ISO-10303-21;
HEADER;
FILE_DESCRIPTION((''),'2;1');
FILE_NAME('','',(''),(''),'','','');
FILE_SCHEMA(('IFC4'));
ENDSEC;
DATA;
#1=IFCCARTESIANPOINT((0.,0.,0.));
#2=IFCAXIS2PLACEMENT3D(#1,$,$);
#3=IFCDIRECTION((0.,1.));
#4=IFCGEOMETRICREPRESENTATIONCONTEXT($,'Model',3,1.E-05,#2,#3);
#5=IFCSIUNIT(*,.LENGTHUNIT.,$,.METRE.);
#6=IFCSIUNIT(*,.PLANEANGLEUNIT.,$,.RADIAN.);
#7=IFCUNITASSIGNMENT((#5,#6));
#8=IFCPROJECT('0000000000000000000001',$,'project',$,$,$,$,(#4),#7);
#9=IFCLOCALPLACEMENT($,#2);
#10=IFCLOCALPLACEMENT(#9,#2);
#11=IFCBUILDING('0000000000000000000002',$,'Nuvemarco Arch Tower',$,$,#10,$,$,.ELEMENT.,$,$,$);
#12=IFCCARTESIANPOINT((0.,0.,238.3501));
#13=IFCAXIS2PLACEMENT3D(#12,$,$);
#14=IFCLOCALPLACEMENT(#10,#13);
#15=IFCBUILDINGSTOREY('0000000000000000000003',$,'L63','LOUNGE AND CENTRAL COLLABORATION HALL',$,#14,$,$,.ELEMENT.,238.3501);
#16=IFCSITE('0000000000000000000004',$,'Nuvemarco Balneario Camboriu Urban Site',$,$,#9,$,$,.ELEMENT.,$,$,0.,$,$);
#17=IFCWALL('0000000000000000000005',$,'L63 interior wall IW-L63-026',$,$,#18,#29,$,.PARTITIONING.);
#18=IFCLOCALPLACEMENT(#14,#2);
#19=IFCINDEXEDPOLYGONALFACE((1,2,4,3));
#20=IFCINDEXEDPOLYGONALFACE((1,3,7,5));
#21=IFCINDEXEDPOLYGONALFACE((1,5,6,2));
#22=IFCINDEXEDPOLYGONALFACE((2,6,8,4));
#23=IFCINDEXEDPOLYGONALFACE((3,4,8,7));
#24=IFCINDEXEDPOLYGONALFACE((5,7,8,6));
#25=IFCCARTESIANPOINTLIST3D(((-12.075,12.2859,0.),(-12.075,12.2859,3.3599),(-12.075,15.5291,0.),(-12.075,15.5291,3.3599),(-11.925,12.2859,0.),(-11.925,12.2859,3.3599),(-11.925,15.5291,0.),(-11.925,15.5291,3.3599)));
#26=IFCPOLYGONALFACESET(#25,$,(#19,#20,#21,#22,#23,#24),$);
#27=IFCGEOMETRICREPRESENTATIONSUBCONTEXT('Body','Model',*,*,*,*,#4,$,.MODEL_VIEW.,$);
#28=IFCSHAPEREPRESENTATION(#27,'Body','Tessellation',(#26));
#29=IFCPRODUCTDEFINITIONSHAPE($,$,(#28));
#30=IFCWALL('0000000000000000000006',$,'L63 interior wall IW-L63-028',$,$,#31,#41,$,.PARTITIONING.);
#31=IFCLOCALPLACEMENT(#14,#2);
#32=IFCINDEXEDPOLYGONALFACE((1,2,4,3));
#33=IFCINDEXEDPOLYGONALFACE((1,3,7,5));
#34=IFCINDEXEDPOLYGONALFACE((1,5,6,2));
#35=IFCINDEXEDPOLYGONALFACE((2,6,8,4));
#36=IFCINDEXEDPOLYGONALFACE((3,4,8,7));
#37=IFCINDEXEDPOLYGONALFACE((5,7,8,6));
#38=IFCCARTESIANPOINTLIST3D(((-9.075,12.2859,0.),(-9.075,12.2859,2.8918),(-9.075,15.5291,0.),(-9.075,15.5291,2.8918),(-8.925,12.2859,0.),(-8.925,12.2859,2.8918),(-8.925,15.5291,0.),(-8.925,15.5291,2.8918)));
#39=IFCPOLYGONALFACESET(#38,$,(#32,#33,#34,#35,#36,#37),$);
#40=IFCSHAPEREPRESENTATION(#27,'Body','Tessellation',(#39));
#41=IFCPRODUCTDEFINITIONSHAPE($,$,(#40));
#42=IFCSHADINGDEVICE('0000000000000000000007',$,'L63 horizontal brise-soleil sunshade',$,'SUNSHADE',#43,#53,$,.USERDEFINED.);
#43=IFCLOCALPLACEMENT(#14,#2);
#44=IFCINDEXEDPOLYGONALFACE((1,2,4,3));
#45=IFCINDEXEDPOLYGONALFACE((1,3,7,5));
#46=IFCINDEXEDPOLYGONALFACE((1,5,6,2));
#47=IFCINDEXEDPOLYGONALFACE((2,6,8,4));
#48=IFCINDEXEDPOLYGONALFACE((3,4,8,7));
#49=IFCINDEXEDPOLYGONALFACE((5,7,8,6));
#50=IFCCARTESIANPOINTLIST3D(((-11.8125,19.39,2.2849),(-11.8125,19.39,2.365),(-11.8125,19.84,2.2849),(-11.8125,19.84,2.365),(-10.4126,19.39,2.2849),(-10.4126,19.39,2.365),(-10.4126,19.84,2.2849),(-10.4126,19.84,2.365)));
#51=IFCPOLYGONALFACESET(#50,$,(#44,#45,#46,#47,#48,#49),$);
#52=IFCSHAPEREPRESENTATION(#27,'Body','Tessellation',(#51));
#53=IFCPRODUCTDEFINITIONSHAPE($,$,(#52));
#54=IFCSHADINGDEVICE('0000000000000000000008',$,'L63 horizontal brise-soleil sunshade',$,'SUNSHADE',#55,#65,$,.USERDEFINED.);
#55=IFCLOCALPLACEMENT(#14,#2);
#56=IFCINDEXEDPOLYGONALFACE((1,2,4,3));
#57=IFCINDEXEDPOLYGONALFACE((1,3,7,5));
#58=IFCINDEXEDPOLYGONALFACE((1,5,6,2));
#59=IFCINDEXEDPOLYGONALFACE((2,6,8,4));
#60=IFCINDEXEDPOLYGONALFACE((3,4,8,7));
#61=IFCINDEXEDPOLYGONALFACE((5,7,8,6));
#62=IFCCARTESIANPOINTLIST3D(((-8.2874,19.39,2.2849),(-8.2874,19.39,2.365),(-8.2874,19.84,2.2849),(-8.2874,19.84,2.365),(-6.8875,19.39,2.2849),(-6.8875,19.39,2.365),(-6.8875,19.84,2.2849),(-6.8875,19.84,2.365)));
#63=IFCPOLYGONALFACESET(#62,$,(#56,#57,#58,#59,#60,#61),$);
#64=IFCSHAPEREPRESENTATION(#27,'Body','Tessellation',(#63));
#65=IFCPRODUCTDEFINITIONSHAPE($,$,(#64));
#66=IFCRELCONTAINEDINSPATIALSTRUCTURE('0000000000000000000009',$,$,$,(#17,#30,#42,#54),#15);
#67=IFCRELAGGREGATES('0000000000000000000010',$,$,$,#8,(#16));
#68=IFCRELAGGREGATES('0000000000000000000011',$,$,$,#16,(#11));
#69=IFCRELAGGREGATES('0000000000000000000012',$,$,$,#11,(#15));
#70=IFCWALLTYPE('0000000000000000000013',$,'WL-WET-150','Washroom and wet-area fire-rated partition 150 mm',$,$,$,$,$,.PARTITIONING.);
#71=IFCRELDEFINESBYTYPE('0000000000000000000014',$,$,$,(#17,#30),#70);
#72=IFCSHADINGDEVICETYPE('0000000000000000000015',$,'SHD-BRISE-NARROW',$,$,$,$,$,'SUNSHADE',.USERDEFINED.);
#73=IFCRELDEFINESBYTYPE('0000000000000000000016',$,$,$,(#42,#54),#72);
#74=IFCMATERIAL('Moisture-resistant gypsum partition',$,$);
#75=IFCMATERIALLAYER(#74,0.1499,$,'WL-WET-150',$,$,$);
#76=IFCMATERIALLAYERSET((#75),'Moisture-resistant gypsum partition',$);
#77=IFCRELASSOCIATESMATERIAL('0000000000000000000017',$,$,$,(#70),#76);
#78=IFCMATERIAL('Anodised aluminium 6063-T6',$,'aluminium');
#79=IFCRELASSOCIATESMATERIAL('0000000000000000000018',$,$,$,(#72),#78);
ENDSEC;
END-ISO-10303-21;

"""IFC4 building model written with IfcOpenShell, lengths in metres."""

from ifc_helpers import new_model, si_unit, direction, frame, frame_2d, origin, origin_2d, place, context, subcontext, project, spatial, rectangle, extrude, source, transform, mapped, material, layer, layer_set, type_object, type_shapes, element, save


model = new_model("IFC4")

# Units and contexts
model_context = context("Model", 3, precision=1e-05, world=origin(), true_north=direction((0.0, 1.0)))
body_context = subcontext(model_context, "Body", "Model", "MODEL_VIEW")
ifc_project = project(units=[si_unit("LENGTHUNIT", "METRE"), si_unit("PLANEANGLEUNIT", "RADIAN")], contexts=[model_context])

# Site, building, storey
site_placement = place(None, origin())
site = spatial("IfcSite", under=ifc_project, at=site_placement, Name="Nuvemarco Balneario Camboriu Urban Site", CompositionType="ELEMENT", RefElevation=0.0)
building_placement = place(site_placement, origin())
building = spatial("IfcBuilding", under=site, at=building_placement, Name="Nuvemarco Arch Tower", CompositionType="ELEMENT")
storey_placement = place(building_placement, frame((0.0, 0.0, 238.3501)))
storey = spatial("IfcBuildingStorey", under=building, at=storey_placement, Name="L63", Description="LOUNGE AND CENTRAL COLLABORATION HALL", CompositionType="ELEMENT", Elevation=238.3501)

# Walls
ifc_material_1 = material(Name="Moisture-resistant gypsum partition")
ifc_layer_1 = layer(ifc_material_1, 0.1499, Name="WL-WET-150")
ifc_layer_set_1 = layer_set([ifc_layer_1], Name="Moisture-resistant gypsum partition")
wall_type_1 = type_object("IfcWallType", Name="WL-WET-150", Description="Washroom and wet-area fire-rated partition 150 mm", PredefinedType="PARTITIONING", material=ifc_layer_set_1)
wall_1_placement = place(storey_placement, frame((-12.0, 12.2859, 0.0), z_axis=(0.0, 0.0, 1.0), x_axis=(0.0, 1.0, 0.0)))
element("IfcWall", 1, at=wall_1_placement, inside=storey, type_object=wall_type_1, Name="L63 interior wall IW-L63-026", PredefinedType="PARTITIONING", context=body_context, shape_type="SweptSolid", body=[
    extrude(rectangle(XDim=3.2432, YDim=0.1499, at=frame_2d((1.6216, 0.0))), origin(), (0.0, 0.0, 1.0), 3.3599),
])
wall_2_placement = place(storey_placement, frame((-9.0, 12.2859, 0.0), z_axis=(0.0, 0.0, 1.0), x_axis=(0.0, 1.0, 0.0)))
element("IfcWall", 2, at=wall_2_placement, inside=storey, type_object=wall_type_1, Name="L63 interior wall IW-L63-028", PredefinedType="PARTITIONING", context=body_context, shape_type="SweptSolid", body=[
    extrude(rectangle(XDim=3.2432, YDim=0.1499, at=frame_2d((1.6216, 0.0))), origin(), (0.0, 0.0, 1.0), 2.8918),
])

# Shading devices
ifc_material_2 = material(Name="Anodised aluminium 6063-T6", Category="aluminium")
shading_device_type = type_object("IfcShadingDeviceType", Name="SHD-BRISE-NARROW", ElementType="SUNSHADE", PredefinedType="USERDEFINED", material=ifc_material_2)
shared_shape_1 = source(origin(), body_context, "Body", "SweptSolid", [
    extrude(rectangle(XDim=1.3999, YDim=0.45, at=origin_2d()), origin(), (0.0, 0.0, 1.0), 0.0801),
])
type_shapes(shading_device_type, [shared_shape_1])
for number, where, z_axis, x_axis, name in (
    (3, (-11.1125, 19.615, 2.2849), (0.0, 0.0, 1.0), (1.0, 0.0, 0.0), "L63 horizontal brise-soleil sunshade"),
    (4, (-7.5874, 19.615, 2.2849), (0.0, 0.0, 1.0), (1.0, 0.0, 0.0), "L63 horizontal brise-soleil sunshade"),
):
    element("IfcShadingDevice", number, at=place(storey_placement, frame(where, z_axis=z_axis, x_axis=x_axis)), inside=storey, type_object=shading_device_type, Name=name, ObjectType="SUNSHADE", PredefinedType="USERDEFINED", context=body_context, shape_type="MappedRepresentation", body=[
        mapped(shared_shape_1, transform((0.0, 0.0, 0.0), scale=1.0)),
    ])

save(model, "model.ifc")
